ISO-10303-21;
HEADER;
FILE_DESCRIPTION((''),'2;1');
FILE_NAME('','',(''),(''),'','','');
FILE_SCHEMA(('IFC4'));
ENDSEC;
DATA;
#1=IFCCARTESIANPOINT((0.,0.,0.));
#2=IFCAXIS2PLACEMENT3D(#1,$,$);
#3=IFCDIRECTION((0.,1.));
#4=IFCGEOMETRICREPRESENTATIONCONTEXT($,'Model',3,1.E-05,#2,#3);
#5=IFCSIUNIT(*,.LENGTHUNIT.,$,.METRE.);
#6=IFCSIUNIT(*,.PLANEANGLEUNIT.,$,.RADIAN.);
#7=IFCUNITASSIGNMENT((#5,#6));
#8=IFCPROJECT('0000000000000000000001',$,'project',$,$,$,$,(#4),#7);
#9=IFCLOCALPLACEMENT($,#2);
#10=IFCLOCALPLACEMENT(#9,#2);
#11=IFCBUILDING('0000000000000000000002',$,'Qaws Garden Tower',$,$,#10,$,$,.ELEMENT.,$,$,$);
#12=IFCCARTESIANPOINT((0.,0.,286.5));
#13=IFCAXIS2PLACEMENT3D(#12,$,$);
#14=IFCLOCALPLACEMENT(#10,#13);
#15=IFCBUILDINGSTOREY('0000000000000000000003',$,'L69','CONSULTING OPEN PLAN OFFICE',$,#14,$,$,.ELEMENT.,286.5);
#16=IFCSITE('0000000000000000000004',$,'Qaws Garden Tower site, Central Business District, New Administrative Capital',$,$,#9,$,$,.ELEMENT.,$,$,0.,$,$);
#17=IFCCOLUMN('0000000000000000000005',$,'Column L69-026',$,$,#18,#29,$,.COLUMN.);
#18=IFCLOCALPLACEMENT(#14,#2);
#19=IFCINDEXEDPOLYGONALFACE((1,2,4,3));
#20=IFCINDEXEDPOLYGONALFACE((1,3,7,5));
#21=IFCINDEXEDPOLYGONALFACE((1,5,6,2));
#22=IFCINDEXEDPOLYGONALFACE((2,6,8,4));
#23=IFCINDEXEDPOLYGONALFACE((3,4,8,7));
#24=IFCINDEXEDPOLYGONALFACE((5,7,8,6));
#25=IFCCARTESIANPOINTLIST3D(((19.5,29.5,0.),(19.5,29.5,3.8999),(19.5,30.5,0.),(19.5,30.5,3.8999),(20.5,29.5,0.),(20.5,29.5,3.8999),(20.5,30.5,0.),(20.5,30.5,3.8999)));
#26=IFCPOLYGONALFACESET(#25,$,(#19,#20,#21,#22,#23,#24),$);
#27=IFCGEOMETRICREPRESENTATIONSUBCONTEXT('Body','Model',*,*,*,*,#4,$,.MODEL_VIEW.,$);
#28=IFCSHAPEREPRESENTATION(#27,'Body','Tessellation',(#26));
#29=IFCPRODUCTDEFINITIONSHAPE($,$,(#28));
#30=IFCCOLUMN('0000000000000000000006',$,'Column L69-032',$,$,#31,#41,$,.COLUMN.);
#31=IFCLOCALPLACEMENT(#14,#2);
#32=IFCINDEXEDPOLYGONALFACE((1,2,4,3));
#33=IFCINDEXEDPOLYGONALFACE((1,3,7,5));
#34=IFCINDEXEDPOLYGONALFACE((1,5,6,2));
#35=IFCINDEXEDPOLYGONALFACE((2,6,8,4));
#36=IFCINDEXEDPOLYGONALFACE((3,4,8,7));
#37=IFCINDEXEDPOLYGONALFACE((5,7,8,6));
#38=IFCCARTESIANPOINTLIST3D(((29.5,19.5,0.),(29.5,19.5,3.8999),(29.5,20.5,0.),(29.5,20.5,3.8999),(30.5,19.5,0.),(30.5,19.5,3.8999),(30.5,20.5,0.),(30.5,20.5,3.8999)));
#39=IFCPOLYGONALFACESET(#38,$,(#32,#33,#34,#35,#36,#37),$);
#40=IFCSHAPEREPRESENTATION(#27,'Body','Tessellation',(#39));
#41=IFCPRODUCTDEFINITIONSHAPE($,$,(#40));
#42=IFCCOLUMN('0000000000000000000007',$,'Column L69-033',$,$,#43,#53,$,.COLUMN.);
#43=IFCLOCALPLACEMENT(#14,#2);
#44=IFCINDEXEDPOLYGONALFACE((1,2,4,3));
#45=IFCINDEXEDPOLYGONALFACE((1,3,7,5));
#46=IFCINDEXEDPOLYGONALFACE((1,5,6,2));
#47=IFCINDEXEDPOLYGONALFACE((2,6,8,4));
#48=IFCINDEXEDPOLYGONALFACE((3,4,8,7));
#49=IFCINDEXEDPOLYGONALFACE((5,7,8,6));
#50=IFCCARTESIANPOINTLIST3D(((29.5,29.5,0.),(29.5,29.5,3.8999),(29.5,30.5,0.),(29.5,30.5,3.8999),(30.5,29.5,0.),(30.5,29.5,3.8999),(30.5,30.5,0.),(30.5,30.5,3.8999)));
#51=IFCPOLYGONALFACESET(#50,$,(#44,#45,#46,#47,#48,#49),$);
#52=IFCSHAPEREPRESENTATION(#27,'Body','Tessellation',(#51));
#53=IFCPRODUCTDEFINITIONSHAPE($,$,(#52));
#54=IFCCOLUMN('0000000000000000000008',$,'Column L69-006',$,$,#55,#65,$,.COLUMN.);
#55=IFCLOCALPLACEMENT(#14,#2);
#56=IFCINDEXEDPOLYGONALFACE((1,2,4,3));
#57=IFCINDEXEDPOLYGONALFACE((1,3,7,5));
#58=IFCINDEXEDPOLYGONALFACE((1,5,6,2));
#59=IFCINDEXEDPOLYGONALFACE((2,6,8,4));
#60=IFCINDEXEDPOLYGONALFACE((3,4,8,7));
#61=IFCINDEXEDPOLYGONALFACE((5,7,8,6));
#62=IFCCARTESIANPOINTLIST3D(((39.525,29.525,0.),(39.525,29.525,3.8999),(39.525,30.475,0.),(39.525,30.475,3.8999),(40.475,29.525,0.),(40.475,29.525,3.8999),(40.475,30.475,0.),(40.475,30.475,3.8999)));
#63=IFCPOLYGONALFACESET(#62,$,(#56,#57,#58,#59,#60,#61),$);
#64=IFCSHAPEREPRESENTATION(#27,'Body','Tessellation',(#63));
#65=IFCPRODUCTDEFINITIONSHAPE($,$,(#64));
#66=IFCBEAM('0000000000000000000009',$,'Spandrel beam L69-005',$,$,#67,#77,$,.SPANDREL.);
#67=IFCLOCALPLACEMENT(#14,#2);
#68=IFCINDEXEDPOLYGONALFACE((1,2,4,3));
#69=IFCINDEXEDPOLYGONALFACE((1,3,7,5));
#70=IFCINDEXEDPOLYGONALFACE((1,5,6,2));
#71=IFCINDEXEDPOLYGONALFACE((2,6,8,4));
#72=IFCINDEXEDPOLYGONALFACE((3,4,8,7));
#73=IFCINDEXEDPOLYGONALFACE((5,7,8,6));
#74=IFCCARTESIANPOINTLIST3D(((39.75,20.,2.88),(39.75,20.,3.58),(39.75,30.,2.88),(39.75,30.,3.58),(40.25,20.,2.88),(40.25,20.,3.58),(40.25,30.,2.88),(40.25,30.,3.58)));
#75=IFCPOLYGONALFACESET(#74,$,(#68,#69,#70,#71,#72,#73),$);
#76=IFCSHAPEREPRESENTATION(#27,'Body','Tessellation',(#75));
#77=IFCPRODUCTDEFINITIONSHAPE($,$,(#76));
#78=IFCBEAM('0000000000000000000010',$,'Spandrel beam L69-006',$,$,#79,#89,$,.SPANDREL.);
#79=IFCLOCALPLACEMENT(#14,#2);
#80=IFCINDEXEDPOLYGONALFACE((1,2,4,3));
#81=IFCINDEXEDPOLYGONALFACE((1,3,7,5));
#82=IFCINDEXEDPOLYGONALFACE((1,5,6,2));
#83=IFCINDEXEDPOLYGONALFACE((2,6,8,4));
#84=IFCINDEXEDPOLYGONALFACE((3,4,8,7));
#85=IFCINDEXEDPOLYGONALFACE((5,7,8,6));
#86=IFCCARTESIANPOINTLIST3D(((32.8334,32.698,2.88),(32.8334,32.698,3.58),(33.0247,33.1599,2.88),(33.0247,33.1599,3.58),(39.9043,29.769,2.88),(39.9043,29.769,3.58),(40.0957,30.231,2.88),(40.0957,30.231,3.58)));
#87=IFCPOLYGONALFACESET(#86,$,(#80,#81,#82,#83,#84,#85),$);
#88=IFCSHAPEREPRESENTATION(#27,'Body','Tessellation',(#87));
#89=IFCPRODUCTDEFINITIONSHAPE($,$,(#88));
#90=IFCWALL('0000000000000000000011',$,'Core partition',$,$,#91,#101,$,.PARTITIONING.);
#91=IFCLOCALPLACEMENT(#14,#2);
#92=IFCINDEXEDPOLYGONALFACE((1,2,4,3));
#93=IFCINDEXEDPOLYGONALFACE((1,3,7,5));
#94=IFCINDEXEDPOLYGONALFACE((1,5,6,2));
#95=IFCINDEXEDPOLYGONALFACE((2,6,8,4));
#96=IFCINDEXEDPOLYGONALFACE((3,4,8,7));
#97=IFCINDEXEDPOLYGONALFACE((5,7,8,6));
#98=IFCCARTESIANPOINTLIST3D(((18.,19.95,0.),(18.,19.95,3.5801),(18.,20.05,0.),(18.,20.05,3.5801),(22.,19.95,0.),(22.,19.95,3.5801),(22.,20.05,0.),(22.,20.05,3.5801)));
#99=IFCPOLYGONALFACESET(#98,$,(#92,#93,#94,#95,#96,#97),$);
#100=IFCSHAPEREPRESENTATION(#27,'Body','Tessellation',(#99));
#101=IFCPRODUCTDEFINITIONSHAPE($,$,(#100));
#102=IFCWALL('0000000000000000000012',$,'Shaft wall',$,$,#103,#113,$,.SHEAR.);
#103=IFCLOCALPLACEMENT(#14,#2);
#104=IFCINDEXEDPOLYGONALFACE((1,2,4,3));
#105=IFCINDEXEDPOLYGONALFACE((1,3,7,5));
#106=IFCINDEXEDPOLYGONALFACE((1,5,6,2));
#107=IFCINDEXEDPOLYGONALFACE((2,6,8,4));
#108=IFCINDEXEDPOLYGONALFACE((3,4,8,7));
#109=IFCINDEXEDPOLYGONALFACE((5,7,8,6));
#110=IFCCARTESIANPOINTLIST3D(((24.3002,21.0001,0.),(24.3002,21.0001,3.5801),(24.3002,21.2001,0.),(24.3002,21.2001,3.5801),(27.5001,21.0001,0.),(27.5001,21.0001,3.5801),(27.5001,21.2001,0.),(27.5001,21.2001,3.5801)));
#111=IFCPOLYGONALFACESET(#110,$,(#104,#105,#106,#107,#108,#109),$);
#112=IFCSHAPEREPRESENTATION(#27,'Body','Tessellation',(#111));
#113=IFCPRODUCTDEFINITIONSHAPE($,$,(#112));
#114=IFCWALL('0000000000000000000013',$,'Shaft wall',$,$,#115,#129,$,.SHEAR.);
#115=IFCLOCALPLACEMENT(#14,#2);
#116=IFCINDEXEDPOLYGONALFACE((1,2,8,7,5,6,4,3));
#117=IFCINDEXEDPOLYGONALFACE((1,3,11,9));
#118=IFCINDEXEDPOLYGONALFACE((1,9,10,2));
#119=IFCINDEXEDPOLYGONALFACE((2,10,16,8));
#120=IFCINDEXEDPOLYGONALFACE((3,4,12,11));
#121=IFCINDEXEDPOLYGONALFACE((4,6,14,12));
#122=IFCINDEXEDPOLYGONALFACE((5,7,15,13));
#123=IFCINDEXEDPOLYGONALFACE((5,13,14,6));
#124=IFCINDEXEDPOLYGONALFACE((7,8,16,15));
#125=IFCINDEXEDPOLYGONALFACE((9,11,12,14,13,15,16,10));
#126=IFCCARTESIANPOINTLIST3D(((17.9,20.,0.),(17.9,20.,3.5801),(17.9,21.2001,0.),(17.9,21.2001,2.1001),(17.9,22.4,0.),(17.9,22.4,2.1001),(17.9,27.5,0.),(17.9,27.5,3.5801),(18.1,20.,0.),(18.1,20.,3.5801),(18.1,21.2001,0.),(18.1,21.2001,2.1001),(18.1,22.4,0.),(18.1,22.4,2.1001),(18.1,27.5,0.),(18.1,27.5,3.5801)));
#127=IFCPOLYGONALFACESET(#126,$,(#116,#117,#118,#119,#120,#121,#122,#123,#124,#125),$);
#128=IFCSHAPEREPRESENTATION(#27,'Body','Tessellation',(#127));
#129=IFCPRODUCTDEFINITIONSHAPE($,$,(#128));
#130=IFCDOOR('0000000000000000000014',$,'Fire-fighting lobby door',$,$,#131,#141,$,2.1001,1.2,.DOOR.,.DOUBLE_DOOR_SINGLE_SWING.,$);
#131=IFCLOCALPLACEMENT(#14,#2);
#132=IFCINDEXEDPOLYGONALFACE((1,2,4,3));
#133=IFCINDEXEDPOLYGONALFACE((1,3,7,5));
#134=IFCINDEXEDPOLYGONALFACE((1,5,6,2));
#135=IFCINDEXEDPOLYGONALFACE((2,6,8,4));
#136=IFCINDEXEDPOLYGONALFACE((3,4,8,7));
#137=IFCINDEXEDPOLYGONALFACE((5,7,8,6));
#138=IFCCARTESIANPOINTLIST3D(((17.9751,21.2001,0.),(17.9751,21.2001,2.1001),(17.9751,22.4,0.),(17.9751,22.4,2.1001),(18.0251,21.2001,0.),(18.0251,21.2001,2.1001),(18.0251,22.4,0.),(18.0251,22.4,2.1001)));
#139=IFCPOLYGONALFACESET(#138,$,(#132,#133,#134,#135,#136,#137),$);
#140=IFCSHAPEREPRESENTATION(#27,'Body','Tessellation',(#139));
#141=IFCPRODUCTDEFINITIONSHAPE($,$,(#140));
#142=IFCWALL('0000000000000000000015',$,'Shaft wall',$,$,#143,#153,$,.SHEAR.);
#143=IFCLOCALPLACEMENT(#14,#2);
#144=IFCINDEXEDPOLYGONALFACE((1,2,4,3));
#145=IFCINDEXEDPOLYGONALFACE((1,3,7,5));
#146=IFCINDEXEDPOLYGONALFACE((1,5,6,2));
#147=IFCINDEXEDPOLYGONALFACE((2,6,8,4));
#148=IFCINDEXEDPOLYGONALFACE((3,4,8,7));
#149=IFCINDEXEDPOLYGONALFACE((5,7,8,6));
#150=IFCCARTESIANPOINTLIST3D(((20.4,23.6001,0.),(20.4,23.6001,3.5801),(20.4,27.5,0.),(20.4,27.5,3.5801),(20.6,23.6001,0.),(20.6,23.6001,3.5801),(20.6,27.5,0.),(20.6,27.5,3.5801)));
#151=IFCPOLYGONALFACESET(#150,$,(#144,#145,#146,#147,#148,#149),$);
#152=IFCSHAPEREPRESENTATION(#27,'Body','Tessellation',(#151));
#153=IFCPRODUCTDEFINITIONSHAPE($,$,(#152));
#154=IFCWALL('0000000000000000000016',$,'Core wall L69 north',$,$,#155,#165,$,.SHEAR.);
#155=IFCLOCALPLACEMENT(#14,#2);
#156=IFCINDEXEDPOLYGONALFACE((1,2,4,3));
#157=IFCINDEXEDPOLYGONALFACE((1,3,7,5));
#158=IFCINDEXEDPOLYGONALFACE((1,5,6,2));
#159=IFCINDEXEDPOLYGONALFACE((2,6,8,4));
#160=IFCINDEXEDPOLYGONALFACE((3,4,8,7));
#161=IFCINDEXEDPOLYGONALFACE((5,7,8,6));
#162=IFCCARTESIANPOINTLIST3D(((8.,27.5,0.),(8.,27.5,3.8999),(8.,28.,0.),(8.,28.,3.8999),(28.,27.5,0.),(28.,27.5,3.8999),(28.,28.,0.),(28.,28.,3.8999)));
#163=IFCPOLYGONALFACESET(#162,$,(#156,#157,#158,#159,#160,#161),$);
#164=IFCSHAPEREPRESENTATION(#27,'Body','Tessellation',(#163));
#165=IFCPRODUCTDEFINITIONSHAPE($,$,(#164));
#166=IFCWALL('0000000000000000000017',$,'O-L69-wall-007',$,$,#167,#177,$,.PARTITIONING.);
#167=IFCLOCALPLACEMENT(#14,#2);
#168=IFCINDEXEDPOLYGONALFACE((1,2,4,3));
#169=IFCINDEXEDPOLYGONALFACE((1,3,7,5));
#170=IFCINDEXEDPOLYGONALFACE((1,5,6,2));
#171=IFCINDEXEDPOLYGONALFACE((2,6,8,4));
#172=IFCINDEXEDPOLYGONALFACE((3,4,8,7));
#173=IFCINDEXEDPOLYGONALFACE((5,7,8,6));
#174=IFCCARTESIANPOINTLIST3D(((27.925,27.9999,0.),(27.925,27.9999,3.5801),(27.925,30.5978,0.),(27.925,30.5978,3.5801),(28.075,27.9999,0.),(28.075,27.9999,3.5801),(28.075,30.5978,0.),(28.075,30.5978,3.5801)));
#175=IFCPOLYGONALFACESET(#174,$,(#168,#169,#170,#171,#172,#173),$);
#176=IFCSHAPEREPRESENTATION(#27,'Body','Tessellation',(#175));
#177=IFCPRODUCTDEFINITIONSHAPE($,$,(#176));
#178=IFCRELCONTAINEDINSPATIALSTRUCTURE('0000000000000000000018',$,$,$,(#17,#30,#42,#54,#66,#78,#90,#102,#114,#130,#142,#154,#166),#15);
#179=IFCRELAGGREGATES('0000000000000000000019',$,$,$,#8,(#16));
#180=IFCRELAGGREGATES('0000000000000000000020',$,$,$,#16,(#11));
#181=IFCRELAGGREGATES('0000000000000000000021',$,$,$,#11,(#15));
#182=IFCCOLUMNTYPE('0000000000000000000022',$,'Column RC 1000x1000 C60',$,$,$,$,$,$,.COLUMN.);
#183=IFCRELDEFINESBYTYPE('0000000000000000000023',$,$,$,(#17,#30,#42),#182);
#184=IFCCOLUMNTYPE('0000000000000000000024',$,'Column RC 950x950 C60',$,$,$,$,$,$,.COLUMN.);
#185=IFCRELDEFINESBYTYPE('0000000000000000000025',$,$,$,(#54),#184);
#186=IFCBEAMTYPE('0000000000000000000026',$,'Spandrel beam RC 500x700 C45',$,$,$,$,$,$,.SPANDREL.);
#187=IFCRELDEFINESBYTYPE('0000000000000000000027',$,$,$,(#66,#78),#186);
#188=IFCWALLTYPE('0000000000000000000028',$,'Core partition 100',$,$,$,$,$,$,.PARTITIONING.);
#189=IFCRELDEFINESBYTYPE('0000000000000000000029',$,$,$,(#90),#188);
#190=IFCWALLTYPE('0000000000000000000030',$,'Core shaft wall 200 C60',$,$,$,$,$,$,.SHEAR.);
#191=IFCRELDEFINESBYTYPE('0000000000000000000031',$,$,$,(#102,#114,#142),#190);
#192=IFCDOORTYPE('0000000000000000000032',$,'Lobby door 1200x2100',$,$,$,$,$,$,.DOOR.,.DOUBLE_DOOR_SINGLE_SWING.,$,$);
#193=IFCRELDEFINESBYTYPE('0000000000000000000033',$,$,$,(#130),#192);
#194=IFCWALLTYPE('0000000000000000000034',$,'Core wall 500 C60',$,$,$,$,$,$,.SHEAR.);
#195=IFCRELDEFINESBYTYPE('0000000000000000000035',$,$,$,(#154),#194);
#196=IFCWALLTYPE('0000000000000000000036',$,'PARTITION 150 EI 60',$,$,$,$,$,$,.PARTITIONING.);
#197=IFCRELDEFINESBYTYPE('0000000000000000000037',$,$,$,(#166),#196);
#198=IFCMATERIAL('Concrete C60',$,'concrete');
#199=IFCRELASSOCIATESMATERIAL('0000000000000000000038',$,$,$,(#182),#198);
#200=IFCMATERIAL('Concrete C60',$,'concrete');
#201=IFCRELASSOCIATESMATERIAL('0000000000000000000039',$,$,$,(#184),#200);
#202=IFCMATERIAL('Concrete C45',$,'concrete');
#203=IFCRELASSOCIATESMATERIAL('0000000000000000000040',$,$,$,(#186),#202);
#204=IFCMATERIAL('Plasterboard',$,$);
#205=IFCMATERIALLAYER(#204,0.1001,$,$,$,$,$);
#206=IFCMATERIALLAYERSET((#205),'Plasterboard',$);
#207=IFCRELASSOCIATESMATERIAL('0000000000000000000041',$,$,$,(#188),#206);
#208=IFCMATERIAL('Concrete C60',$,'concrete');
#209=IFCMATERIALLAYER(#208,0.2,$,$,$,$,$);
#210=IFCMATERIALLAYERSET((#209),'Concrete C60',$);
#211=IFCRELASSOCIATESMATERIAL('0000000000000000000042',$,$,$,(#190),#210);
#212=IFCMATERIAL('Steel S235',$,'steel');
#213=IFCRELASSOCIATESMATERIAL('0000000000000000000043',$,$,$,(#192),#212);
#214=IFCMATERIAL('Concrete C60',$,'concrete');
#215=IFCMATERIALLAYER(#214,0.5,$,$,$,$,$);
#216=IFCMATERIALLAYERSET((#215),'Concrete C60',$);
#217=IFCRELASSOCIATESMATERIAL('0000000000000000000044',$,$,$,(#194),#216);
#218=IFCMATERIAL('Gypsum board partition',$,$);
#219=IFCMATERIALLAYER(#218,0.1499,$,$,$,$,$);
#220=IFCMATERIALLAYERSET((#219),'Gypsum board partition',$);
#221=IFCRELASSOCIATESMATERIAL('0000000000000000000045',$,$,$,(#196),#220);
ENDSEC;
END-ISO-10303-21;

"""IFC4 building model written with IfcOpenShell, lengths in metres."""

from ifc_helpers import new_model, si_unit, direction, frame, frame_2d, origin, origin_2d, place, context, subcontext, project, spatial, rectangle, extrude, material, layer, layer_set, material_profile, profile_set, type_object, element, fill, save


model = new_model("IFC4")

# Units and contexts
model_context = context("Model", 3, precision=1e-05, world=origin(), true_north=direction((0.0, 1.0)))
body_context = subcontext(model_context, "Body", "Model", "MODEL_VIEW")
ifc_project = project(units=[si_unit("LENGTHUNIT", "METRE"), si_unit("PLANEANGLEUNIT", "RADIAN")], contexts=[model_context])

# Site, building, storey
site_placement = place(None, origin())
site = spatial("IfcSite", under=ifc_project, at=site_placement, Name="Qaws Garden Tower site, Central Business District, New Administrative Capital", CompositionType="ELEMENT", RefElevation=0.0)
building_placement = place(site_placement, origin())
building = spatial("IfcBuilding", under=site, at=building_placement, Name="Qaws Garden Tower", CompositionType="ELEMENT")
storey_placement = place(building_placement, frame((0.0, 0.0, 286.5)))
storey = spatial("IfcBuildingStorey", under=building, at=storey_placement, Name="L69", Description="CONSULTING OPEN PLAN OFFICE", CompositionType="ELEMENT", Elevation=286.5)

# Columns
ifc_material_1 = material(Name="Concrete C60", Category="concrete")
ifc_material_profile_1 = material_profile(ifc_material_1, rectangle(XDim=1.0, YDim=1.0, at=origin_2d()), Name="RC 1000x1000")
ifc_profile_set_1 = profile_set([ifc_material_profile_1], Name="Concrete C60")
column_type_1 = type_object("IfcColumnType", Name="Column RC 1000x1000 C60", PredefinedType="COLUMN", material=ifc_profile_set_1)
for number, where, z_axis, x_axis, name in (
    (1, (20.0, 30.0, 0.0), (0.0, 0.0, 1.0), (1.0, 0.0, 0.0), "Column L69-026"),
    (2, (30.0, 20.0, 0.0), (0.0, 0.0, 1.0), (1.0, 0.0, 0.0), "Column L69-032"),
    (3, (30.0, 30.0, 0.0), (0.0, 0.0, 1.0), (1.0, 0.0, 0.0), "Column L69-033"),
):
    element("IfcColumn", number, at=place(storey_placement, frame(where, z_axis=z_axis, x_axis=x_axis)), inside=storey, type_object=column_type_1, Name=name, PredefinedType="COLUMN", context=body_context, shape_type="SweptSolid", body=[
        extrude(rectangle(XDim=1.0, YDim=1.0, at=origin_2d()), origin(), (0.0, 0.0, 1.0), 3.8999),
    ])
ifc_material_2 = material(Name="Concrete C60", Category="concrete")
ifc_material_profile_2 = material_profile(ifc_material_2, rectangle(XDim=0.95, YDim=0.95, at=origin_2d()), Name="RC 950x950")
ifc_profile_set_2 = profile_set([ifc_material_profile_2], Name="Concrete C60")
column_type_2 = type_object("IfcColumnType", Name="Column RC 950x950 C60", PredefinedType="COLUMN", material=ifc_profile_set_2)
column_placement = place(storey_placement, frame((40.0, 30.0, 0.0), z_axis=(0.0, 0.0, 1.0), x_axis=(1.0, 0.0, 0.0)))
element("IfcColumn", 4, at=column_placement, inside=storey, type_object=column_type_2, Name="Column L69-006", PredefinedType="COLUMN", context=body_context, shape_type="SweptSolid", body=[
    extrude(rectangle(XDim=0.95, YDim=0.95, at=origin_2d()), origin(), (0.0, 0.0, 1.0), 3.8999),
])

# Beams
ifc_material_3 = material(Name="Concrete C45", Category="concrete")
ifc_material_profile_3 = material_profile(ifc_material_3, rectangle(XDim=0.5, YDim=0.7, at=origin_2d()), Name="RC 500x700")
ifc_profile_set_3 = profile_set([ifc_material_profile_3], Name="Concrete C45")
beam_type = type_object("IfcBeamType", Name="Spandrel beam RC 500x700 C45", PredefinedType="SPANDREL", material=ifc_profile_set_3)
beam_1_placement = place(storey_placement, frame((40.0, 20.0, 3.23), z_axis=(0.0, 1.0, 0.0), x_axis=(-1.0, 0.0, 0.0)))
element("IfcBeam", 5, at=beam_1_placement, inside=storey, type_object=beam_type, Name="Spandrel beam L69-005", PredefinedType="SPANDREL", context=body_context, shape_type="SweptSolid", body=[
    extrude(rectangle(XDim=0.5, YDim=0.7, at=origin_2d()), origin(), (0.0, 0.0, 1.0), 10.0),
])
beam_2_placement = place(storey_placement, frame((40.0, 30.0, 3.23), z_axis=(-0.923878, 0.382687, 0.0), x_axis=(-0.382687, -0.923878, 0.0)))
element("IfcBeam", 6, at=beam_2_placement, inside=storey, type_object=beam_type, Name="Spandrel beam L69-006", PredefinedType="SPANDREL", context=body_context, shape_type="SweptSolid", body=[
    extrude(rectangle(XDim=0.5, YDim=0.7, at=origin_2d()), origin(), (0.0, 0.0, 1.0), 7.6536),
])

# Walls
ifc_material_4 = material(Name="Plasterboard")
ifc_layer_1 = layer(ifc_material_4, 0.1001)
ifc_layer_set_1 = layer_set([ifc_layer_1], Name="Plasterboard")
wall_type_1 = type_object("IfcWallType", Name="Core partition 100", PredefinedType="PARTITIONING", material=ifc_layer_set_1)
wall_1_placement = place(storey_placement, frame((18.0, 20.0, 0.0), z_axis=(0.0, 0.0, 1.0), x_axis=(1.0, 0.0, 0.0)))
element("IfcWall", 7, at=wall_1_placement, inside=storey, type_object=wall_type_1, Name="Core partition", PredefinedType="PARTITIONING", context=body_context, shape_type="SweptSolid", body=[
    extrude(rectangle(XDim=4.0, YDim=0.1001, at=frame_2d((2.0, 0.0))), origin(), (0.0, 0.0, 1.0), 3.5801),
])
ifc_material_5 = material(Name="Concrete C60", Category="concrete")
ifc_layer_2 = layer(ifc_material_5, 0.2)
ifc_layer_set_2 = layer_set([ifc_layer_2], Name="Concrete C60")
wall_type_2 = type_object("IfcWallType", Name="Core shaft wall 200 C60", PredefinedType="SHEAR", material=ifc_layer_set_2)
wall_2_placement = place(storey_placement, frame((24.3, 21.1001, 0.0), z_axis=(0.0, 0.0, 1.0), x_axis=(1.0, 0.0, 0.0)))
element("IfcWall", 8, at=wall_2_placement, inside=storey, type_object=wall_type_2, Name="Shaft wall", PredefinedType="SHEAR", context=body_context, shape_type="SweptSolid", body=[
    extrude(rectangle(XDim=3.2, YDim=0.2, at=frame_2d((1.6001, 0.0))), origin(), (0.0, 0.0, 1.0), 3.5801),
])

# Wall, opening, door
wall_3_placement = place(storey_placement, frame((18.0, 20.0, 0.0), z_axis=(0.0, 0.0, 1.0), x_axis=(0.0, 1.0, 0.0)))
wall_3 = element("IfcWall", 9, at=wall_3_placement, inside=storey, type_object=wall_type_2, Name="Shaft wall", PredefinedType="SHEAR", context=body_context, shape_type="SweptSolid", body=[
    extrude(rectangle(XDim=7.5, YDim=0.2, at=frame_2d((3.75, 0.0))), origin(), (0.0, 0.0, 1.0), 3.5801),
])
opening_placement = place(wall_3_placement, frame((1.2, 0.0, 0.0)))
opening = element("IfcOpeningElement", 10, at=opening_placement, cuts=wall_3, PredefinedType="OPENING", context=body_context, shape_type="SweptSolid", body=[
    extrude(rectangle(XDim=1.2, YDim=2.1001, at=frame_2d((0.6001, 1.05))), frame((0.0, 0.1099, 0.0), z_axis=(0.0, -1.0, 0.0), x_axis=(1.0, 0.0, 0.0)), (0.0, 0.0, 1.0), 0.22),
])
ifc_material_6 = material(Name="Steel S235", Category="steel")
door_type = type_object("IfcDoorType", Name="Lobby door 1200x2100", OperationType="DOUBLE_DOOR_SINGLE_SWING", PredefinedType="DOOR", material=ifc_material_6)
door_placement = place(opening_placement, origin())
door = element("IfcDoor", 11, at=door_placement, inside=storey, type_object=door_type, Name="Fire-fighting lobby door", OperationType="DOUBLE_DOOR_SINGLE_SWING", OverallHeight=2.1001, OverallWidth=1.2, PredefinedType="DOOR", context=body_context, shape_type="SweptSolid", body=[
    extrude(rectangle(XDim=1.2, YDim=2.1001, at=frame_2d((0.6001, 1.05))), frame((0.0, 0.0249, 0.0), z_axis=(0.0, -1.0, 0.0), x_axis=(1.0, 0.0, 0.0)), (0.0, 0.0, 1.0), 0.05),
])
fill(opening, door)

# Walls
wall_4_placement = place(storey_placement, frame((20.5, 23.6001, 0.0), z_axis=(0.0, 0.0, 1.0), x_axis=(0.0, 1.0, 0.0)))
element("IfcWall", 12, at=wall_4_placement, inside=storey, type_object=wall_type_2, Name="Shaft wall", PredefinedType="SHEAR", context=body_context, shape_type="SweptSolid", body=[
    extrude(rectangle(XDim=3.8999, YDim=0.2, at=frame_2d((1.95, 0.0))), origin(), (0.0, 0.0, 1.0), 3.5801),
])
ifc_material_7 = material(Name="Concrete C60", Category="concrete")
ifc_layer_3 = layer(ifc_material_7, 0.5)
ifc_layer_set_3 = layer_set([ifc_layer_3], Name="Concrete C60")
wall_type_3 = type_object("IfcWallType", Name="Core wall 500 C60", PredefinedType="SHEAR", material=ifc_layer_set_3)
wall_5_placement = place(storey_placement, frame((28.0, 27.75, 0.0), z_axis=(0.0, 0.0, 1.0), x_axis=(-1.0, 0.0, 0.0)))
element("IfcWall", 13, at=wall_5_placement, inside=storey, type_object=wall_type_3, Name="Core wall L69 north", PredefinedType="SHEAR", context=body_context, shape_type="SweptSolid", body=[
    extrude(rectangle(XDim=20.0, YDim=0.5, at=frame_2d((10.0, 0.0))), origin(), (0.0, 0.0, 1.0), 3.8999),
])
ifc_material_8 = material(Name="Gypsum board partition")
ifc_layer_4 = layer(ifc_material_8, 0.1499)
ifc_layer_set_4 = layer_set([ifc_layer_4], Name="Gypsum board partition")
wall_type_4 = type_object("IfcWallType", Name="PARTITION 150 EI 60", PredefinedType="PARTITIONING", material=ifc_layer_set_4)
wall_6_placement = place(storey_placement, frame((28.0, 28.0, 0.0), z_axis=(0.0, 0.0, 1.0), x_axis=(0.0, 1.0, 0.0)))
element("IfcWall", 14, at=wall_6_placement, inside=storey, type_object=wall_type_4, Name="O-L69-wall-007", PredefinedType="PARTITIONING", context=body_context, shape_type="SweptSolid", body=[
    extrude(rectangle(XDim=2.5979, YDim=0.1499, at=frame_2d((1.2988, 0.0))), origin(), (0.0, 0.0, 1.0), 3.5801),
])

save(model, "model.ifc")
